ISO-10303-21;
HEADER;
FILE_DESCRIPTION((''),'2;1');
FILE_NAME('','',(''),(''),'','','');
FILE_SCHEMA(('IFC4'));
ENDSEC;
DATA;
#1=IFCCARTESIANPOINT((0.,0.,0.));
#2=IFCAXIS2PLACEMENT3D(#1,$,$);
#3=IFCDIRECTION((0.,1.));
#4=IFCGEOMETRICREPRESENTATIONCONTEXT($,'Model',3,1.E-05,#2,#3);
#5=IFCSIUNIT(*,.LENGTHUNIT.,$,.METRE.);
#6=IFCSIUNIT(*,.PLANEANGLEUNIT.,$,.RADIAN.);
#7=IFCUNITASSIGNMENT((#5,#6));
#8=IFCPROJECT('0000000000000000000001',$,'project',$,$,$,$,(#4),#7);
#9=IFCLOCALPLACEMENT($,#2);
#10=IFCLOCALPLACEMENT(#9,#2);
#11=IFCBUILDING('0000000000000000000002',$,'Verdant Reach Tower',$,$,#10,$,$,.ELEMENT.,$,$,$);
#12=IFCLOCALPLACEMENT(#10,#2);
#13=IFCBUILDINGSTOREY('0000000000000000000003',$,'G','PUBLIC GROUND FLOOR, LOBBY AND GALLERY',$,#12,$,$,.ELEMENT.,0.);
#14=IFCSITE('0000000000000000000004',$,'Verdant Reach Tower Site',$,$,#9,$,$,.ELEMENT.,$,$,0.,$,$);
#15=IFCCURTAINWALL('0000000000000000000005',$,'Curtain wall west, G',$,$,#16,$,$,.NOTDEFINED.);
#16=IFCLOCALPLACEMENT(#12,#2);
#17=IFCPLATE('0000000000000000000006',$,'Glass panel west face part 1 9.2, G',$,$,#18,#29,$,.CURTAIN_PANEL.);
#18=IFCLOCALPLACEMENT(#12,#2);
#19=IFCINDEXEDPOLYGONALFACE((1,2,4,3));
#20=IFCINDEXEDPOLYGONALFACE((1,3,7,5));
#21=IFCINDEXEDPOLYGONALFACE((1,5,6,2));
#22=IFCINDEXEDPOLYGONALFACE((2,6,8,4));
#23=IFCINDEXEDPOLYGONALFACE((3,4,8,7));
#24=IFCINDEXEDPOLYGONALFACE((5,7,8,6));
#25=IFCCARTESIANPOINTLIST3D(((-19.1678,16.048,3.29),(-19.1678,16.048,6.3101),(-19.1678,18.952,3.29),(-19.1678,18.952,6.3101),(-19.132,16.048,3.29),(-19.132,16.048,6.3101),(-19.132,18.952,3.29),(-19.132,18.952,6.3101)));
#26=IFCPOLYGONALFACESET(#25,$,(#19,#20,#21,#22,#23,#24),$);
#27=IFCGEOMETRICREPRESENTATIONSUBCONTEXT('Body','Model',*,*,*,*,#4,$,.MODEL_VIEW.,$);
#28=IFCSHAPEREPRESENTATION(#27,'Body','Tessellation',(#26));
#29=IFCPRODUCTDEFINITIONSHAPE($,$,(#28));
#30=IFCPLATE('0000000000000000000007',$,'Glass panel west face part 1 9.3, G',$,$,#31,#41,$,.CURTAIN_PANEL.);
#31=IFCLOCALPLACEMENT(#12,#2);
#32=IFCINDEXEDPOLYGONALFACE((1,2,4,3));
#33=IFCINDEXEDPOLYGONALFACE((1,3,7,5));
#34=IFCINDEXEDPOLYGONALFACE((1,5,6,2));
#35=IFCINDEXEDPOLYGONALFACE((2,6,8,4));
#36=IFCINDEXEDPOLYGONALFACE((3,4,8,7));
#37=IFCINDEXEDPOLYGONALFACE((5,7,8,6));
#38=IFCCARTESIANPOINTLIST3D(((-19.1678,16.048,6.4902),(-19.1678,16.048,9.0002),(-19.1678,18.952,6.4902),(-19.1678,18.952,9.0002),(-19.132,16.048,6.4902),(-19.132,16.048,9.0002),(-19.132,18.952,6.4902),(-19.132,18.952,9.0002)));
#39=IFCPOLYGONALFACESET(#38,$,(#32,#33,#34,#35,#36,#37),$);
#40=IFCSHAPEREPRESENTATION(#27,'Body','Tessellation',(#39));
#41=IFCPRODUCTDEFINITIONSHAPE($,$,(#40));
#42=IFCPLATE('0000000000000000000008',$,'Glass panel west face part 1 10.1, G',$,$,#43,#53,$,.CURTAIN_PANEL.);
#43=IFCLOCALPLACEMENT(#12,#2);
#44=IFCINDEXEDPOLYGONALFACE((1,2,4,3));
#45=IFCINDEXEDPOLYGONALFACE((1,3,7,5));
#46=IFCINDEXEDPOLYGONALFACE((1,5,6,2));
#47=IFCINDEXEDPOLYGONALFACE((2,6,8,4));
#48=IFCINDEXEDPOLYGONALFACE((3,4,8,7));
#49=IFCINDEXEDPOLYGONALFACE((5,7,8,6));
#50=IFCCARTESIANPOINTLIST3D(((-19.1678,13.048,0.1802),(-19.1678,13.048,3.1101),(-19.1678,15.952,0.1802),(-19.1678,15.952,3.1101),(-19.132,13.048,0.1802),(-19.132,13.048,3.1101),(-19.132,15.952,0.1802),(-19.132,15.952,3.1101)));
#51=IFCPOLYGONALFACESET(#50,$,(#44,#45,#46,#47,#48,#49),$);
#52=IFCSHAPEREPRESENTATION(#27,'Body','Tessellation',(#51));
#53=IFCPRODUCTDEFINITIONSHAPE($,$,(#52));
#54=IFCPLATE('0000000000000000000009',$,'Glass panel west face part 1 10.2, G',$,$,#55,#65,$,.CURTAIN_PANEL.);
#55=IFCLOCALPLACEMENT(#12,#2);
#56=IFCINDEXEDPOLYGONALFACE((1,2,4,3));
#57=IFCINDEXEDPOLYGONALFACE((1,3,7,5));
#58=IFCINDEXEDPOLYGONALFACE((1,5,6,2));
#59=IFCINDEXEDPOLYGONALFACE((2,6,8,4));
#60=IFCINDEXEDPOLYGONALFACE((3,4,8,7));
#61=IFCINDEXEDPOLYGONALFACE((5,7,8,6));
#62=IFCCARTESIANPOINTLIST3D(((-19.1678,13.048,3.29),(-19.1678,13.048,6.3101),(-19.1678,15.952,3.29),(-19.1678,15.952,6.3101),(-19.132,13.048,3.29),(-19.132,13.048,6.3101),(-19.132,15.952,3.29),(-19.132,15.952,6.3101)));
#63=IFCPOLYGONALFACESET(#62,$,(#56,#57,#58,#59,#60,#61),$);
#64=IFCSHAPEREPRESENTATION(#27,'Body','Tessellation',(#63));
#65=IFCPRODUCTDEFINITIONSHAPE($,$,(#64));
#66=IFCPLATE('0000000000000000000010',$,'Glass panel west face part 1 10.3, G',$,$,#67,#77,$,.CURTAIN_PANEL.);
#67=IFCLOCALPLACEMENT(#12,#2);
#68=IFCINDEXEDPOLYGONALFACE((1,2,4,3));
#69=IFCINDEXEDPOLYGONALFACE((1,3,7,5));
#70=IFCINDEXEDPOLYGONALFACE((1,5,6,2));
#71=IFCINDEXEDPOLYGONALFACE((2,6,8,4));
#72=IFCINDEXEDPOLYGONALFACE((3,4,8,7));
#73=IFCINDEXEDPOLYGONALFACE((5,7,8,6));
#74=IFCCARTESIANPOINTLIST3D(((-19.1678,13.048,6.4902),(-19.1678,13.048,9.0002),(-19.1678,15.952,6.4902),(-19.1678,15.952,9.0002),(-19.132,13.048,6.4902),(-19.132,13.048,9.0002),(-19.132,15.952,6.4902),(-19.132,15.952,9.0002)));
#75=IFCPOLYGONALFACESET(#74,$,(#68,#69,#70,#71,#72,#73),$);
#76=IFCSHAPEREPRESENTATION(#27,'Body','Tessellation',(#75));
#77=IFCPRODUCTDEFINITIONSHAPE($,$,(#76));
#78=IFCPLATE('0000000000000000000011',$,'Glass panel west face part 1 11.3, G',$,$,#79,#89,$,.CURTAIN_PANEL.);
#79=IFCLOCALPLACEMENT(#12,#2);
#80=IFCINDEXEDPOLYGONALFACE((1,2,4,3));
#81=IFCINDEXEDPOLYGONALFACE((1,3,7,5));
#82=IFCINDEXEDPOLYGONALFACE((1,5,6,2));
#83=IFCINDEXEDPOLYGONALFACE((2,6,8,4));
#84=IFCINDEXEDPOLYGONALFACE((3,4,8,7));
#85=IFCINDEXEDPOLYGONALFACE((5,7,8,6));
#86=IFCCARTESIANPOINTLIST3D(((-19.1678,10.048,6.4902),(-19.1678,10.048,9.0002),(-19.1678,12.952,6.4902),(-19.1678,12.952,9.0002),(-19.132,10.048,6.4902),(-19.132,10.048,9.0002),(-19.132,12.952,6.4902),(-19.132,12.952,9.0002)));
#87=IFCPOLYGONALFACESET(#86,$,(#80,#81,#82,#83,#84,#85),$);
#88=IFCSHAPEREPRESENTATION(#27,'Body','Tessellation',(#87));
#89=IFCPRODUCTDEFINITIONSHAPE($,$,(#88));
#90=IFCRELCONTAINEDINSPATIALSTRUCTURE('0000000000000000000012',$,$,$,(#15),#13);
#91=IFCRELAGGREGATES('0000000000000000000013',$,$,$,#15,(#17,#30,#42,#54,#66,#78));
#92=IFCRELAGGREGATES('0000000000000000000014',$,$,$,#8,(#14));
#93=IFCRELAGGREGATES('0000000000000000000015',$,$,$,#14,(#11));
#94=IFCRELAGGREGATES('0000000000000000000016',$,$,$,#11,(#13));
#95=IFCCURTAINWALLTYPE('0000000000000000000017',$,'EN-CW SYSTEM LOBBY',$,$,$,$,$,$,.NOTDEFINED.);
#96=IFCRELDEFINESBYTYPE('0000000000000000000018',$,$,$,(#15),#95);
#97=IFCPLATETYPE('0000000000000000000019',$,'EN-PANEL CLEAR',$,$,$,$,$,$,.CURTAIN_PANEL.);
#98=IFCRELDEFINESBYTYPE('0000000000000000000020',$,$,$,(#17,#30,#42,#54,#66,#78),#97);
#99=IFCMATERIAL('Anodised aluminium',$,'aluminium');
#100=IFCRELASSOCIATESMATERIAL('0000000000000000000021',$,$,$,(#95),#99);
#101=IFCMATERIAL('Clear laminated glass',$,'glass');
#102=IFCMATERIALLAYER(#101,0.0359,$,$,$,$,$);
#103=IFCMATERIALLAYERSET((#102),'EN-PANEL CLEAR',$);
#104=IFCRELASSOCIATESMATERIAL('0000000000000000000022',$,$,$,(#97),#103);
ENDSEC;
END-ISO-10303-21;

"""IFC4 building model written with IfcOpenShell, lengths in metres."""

from ifc_helpers import new_model, si_unit, direction, frame, origin, origin_2d, place, context, subcontext, project, spatial, rectangle, extrude, material, layer, layer_set, type_object, element, aggregate, save


model = new_model("IFC4")

# Units and contexts
model_context = context("Model", 3, precision=1e-05, world=origin(), true_north=direction((0.0, 1.0)))
body_context = subcontext(model_context, "Body", "Model", "MODEL_VIEW")
ifc_project = project(units=[si_unit("LENGTHUNIT", "METRE"), si_unit("PLANEANGLEUNIT", "RADIAN")], contexts=[model_context])

# Site, building, storey
site_placement = place(None, origin())
site = spatial("IfcSite", under=ifc_project, at=site_placement, Name="Verdant Reach Tower Site", CompositionType="ELEMENT", RefElevation=0.0)
building_placement = place(site_placement, origin())
building = spatial("IfcBuilding", under=site, at=building_placement, Name="Verdant Reach Tower", CompositionType="ELEMENT")
storey_placement = place(building_placement, origin())
storey = spatial("IfcBuildingStorey", under=building, at=storey_placement, Name="G", Description="PUBLIC GROUND FLOOR, LOBBY AND GALLERY", CompositionType="ELEMENT", Elevation=0.0)

# Curtain wall
ifc_material_1 = material(Name="Anodised aluminium", Category="aluminium")
curtain_wall_type = type_object("IfcCurtainWallType", Name="EN-CW SYSTEM LOBBY", PredefinedType="NOTDEFINED", material=ifc_material_1)
curtain_wall_placement = place(storey_placement, origin())
curtain_wall = element("IfcCurtainWall", 1, at=curtain_wall_placement, inside=storey, type_object=curtain_wall_type, Name="Curtain wall west, G", PredefinedType="NOTDEFINED")

# Plates
ifc_material_2 = material(Name="Clear laminated glass", Category="glass")
ifc_layer = layer(ifc_material_2, 0.0359)
ifc_layer_set = layer_set([ifc_layer], Name="EN-PANEL CLEAR")
plate_type = type_object("IfcPlateType", Name="EN-PANEL CLEAR", PredefinedType="CURTAIN_PANEL", material=ifc_layer_set)
plate_1_placement = place(storey_placement, frame((-19.1499, 17.5, 3.29), z_axis=(0.0, 0.0, 1.0), x_axis=(0.0, -1.0, 0.0)))
plate_1 = element("IfcPlate", 2, at=plate_1_placement, type_object=plate_type, Name="Glass panel west face part 1 9.2, G", PredefinedType="CURTAIN_PANEL", context=body_context, shape_type="SweptSolid", body=[
    extrude(rectangle(XDim=2.9041, YDim=0.0359, at=origin_2d()), origin(), (0.0, 0.0, 1.0), 3.02),
])
plate_2_placement = place(storey_placement, frame((-19.1499, 17.5, 6.4902), z_axis=(0.0, 0.0, 1.0), x_axis=(0.0, -1.0, 0.0)))
plate_2 = element("IfcPlate", 3, at=plate_2_placement, type_object=plate_type, Name="Glass panel west face part 1 9.3, G", PredefinedType="CURTAIN_PANEL", context=body_context, shape_type="SweptSolid", body=[
    extrude(rectangle(XDim=2.9041, YDim=0.0359, at=origin_2d()), origin(), (0.0, 0.0, 1.0), 2.51),
])
plate_3_placement = place(storey_placement, frame((-19.1499, 14.5, 0.1802), z_axis=(0.0, 0.0, 1.0), x_axis=(0.0, -1.0, 0.0)))
plate_3 = element("IfcPlate", 4, at=plate_3_placement, type_object=plate_type, Name="Glass panel west face part 1 10.1, G", PredefinedType="CURTAIN_PANEL", context=body_context, shape_type="SweptSolid", body=[
    extrude(rectangle(XDim=2.9041, YDim=0.0359, at=origin_2d()), origin(), (0.0, 0.0, 1.0), 2.9299),
])
plate_4_placement = place(storey_placement, frame((-19.1499, 14.5, 3.29), z_axis=(0.0, 0.0, 1.0), x_axis=(0.0, -1.0, 0.0)))
plate_4 = element("IfcPlate", 5, at=plate_4_placement, type_object=plate_type, Name="Glass panel west face part 1 10.2, G", PredefinedType="CURTAIN_PANEL", context=body_context, shape_type="SweptSolid", body=[
    extrude(rectangle(XDim=2.9041, YDim=0.0359, at=origin_2d()), origin(), (0.0, 0.0, 1.0), 3.02),
])
plate_5_placement = place(storey_placement, frame((-19.1499, 14.5, 6.4902), z_axis=(0.0, 0.0, 1.0), x_axis=(0.0, -1.0, 0.0)))
plate_5 = element("IfcPlate", 6, at=plate_5_placement, type_object=plate_type, Name="Glass panel west face part 1 10.3, G", PredefinedType="CURTAIN_PANEL", context=body_context, shape_type="SweptSolid", body=[
    extrude(rectangle(XDim=2.9041, YDim=0.0359, at=origin_2d()), origin(), (0.0, 0.0, 1.0), 2.51),
])
plate_6_placement = place(storey_placement, frame((-19.1499, 11.5, 6.4902), z_axis=(0.0, 0.0, 1.0), x_axis=(0.0, -1.0, 0.0)))
plate_6 = element("IfcPlate", 7, at=plate_6_placement, type_object=plate_type, Name="Glass panel west face part 1 11.3, G", PredefinedType="CURTAIN_PANEL", context=body_context, shape_type="SweptSolid", body=[
    extrude(rectangle(XDim=2.9041, YDim=0.0359, at=origin_2d()), origin(), (0.0, 0.0, 1.0), 2.51),
])
aggregate(curtain_wall, [plate_1, plate_2, plate_3, plate_4, plate_5, plate_6])

save(model, "model.ifc")
